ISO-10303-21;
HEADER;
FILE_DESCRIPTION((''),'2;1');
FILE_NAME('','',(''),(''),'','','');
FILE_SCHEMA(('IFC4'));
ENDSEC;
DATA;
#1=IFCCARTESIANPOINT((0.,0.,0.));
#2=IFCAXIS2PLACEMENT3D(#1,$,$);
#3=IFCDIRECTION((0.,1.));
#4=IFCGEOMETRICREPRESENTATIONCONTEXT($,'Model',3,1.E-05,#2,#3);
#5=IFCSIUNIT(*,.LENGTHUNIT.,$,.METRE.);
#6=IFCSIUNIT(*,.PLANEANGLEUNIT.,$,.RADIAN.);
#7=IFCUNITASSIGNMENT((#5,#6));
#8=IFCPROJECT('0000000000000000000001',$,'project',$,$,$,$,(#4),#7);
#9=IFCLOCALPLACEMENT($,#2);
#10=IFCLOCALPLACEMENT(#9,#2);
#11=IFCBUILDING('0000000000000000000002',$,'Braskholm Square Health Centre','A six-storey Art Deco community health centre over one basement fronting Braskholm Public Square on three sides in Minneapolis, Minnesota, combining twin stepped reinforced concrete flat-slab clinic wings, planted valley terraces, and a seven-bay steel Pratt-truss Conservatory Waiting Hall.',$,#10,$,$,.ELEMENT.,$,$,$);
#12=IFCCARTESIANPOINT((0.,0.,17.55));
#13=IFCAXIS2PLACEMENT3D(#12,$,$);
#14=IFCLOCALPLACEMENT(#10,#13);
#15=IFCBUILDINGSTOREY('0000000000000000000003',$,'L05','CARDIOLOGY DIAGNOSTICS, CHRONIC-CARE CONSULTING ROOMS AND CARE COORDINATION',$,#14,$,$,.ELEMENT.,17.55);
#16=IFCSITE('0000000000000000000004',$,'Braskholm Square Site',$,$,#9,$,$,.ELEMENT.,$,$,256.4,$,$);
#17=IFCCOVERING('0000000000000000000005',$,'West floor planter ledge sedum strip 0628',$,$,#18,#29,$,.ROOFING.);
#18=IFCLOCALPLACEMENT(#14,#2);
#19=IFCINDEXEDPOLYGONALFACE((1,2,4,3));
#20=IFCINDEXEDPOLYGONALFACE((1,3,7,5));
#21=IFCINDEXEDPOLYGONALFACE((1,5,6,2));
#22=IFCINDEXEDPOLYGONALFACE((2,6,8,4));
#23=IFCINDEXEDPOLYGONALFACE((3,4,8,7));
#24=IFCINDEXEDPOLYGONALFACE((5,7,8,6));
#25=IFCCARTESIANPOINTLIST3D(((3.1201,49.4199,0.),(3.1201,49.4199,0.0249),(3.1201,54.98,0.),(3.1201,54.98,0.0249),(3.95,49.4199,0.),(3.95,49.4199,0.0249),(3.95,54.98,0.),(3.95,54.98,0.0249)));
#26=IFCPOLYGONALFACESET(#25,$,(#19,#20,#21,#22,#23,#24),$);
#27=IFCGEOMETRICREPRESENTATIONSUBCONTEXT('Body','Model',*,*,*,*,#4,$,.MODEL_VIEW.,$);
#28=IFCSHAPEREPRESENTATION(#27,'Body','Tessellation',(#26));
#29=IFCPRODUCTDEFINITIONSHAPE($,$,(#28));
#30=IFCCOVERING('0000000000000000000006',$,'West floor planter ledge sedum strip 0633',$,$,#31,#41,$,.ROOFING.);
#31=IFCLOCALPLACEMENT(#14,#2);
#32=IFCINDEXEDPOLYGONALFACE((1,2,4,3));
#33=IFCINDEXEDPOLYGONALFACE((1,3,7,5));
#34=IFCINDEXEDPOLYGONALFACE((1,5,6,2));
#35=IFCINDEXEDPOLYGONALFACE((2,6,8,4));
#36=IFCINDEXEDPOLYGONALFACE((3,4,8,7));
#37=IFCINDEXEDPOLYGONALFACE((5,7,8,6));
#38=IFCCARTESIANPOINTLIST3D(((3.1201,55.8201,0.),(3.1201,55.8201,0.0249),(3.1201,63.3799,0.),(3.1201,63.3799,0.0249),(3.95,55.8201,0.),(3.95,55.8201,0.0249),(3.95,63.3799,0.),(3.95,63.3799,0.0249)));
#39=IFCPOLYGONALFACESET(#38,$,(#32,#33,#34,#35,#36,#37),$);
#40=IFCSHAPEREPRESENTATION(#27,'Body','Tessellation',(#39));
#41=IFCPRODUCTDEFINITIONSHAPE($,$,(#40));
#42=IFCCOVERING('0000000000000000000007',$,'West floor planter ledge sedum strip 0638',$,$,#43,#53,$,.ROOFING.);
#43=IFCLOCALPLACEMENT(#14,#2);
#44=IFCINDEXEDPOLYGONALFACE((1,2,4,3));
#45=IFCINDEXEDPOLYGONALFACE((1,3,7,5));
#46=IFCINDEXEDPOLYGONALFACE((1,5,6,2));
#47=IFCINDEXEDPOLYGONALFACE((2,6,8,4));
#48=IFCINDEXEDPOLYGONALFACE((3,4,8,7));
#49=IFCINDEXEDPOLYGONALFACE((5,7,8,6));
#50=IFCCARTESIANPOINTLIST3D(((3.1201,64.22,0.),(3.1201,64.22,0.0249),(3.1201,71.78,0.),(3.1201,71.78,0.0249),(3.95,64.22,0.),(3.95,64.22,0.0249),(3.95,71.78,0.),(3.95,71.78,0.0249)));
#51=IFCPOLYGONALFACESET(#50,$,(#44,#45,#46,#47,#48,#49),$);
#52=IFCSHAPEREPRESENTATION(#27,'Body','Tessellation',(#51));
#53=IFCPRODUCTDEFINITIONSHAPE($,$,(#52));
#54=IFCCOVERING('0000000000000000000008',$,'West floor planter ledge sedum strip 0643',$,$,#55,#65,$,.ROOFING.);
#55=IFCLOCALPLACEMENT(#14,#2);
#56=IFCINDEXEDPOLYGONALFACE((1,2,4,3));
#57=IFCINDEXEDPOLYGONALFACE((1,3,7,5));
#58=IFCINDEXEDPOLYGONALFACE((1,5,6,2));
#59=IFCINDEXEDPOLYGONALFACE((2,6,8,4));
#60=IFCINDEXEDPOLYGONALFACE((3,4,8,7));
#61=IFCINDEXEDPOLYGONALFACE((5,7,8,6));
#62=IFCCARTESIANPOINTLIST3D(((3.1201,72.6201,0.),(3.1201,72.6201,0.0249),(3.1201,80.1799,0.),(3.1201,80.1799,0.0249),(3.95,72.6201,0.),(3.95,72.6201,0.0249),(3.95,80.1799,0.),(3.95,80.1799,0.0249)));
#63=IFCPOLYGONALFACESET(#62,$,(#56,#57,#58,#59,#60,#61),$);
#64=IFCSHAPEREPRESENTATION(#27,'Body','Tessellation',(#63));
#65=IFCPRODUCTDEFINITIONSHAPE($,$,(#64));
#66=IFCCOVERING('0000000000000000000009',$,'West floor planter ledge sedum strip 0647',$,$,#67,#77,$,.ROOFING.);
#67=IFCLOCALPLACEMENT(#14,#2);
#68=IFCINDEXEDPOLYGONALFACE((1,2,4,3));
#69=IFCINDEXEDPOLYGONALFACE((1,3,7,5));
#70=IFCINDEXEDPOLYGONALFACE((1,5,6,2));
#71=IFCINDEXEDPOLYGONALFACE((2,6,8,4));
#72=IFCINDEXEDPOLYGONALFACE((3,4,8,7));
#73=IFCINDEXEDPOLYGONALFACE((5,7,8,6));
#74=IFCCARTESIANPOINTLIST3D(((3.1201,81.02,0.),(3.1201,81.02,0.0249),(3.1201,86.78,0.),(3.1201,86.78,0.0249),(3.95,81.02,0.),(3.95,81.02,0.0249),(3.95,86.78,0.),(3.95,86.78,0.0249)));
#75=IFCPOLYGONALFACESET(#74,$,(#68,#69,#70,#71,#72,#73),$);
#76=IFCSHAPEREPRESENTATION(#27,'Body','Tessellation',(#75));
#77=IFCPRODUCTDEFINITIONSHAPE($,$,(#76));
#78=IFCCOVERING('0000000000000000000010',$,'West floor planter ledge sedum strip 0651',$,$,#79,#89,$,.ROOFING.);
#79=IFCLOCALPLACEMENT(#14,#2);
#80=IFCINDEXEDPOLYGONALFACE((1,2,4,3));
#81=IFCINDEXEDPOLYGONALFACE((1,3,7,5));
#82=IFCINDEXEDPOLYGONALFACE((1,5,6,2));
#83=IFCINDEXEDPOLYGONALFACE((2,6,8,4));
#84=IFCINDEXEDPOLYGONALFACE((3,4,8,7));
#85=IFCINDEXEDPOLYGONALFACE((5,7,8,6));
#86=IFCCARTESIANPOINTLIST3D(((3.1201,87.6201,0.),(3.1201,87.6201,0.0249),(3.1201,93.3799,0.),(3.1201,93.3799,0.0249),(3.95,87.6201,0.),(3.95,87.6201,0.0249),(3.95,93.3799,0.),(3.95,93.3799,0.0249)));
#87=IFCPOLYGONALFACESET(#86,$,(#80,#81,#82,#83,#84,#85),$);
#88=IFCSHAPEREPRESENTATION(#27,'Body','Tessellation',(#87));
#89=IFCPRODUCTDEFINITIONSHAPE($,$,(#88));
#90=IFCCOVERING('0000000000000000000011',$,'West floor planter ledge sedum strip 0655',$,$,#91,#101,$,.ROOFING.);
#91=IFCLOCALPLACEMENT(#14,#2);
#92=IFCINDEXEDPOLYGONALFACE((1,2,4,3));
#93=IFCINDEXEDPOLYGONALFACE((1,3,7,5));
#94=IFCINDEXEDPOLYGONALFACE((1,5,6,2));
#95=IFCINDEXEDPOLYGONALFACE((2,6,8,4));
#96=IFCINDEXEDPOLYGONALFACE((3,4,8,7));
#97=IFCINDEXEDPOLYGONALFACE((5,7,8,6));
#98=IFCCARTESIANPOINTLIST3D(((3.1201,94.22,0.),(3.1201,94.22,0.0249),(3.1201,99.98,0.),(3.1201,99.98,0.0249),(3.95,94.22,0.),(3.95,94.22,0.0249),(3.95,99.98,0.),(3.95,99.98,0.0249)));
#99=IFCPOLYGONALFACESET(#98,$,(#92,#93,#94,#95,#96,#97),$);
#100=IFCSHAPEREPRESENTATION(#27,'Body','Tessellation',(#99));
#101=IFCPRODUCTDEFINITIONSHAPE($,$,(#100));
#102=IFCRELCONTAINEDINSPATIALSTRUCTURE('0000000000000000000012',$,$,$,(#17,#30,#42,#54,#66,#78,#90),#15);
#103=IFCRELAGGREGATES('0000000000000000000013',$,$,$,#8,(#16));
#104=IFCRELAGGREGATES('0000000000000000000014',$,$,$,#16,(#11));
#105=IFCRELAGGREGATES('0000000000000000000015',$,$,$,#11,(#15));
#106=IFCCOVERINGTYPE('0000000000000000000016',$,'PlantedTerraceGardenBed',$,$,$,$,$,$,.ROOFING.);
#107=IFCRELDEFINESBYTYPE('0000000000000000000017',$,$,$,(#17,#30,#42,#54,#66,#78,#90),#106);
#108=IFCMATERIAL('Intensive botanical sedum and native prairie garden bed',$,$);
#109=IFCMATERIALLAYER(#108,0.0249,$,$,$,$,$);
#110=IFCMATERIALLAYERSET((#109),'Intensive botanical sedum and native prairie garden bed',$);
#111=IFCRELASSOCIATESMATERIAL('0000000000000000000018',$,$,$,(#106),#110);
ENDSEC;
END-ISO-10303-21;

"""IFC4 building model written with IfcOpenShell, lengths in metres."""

from ifc_helpers import new_model, si_unit, direction, frame, origin, place, context, subcontext, project, spatial, polyline, outline, extrude, material, layer, layer_set, type_object, element, save


model = new_model("IFC4")

# Units and contexts
model_context = context("Model", 3, precision=1e-05, world=origin(), true_north=direction((0.0, 1.0)))
body_context = subcontext(model_context, "Body", "Model", "MODEL_VIEW")
ifc_project = project(units=[si_unit("LENGTHUNIT", "METRE"), si_unit("PLANEANGLEUNIT", "RADIAN")], contexts=[model_context])

# Site, building, storey
site_placement = place(None, origin())
site = spatial("IfcSite", under=ifc_project, at=site_placement, Name="Braskholm Square Site", CompositionType="ELEMENT", RefElevation=256.4)
building_placement = place(site_placement, origin())
building = spatial("IfcBuilding", under=site, at=building_placement, Name="Braskholm Square Health Centre", Description="A six-storey Art Deco community health centre over one basement fronting Braskholm Public Square on three sides in Minneapolis, Minnesota, combining twin stepped reinforced concrete flat-slab clinic wings, planted valley terraces, and a seven-bay steel Pratt-truss Conservatory Waiting Hall.", CompositionType="ELEMENT")
storey_placement = place(building_placement, frame((0.0, 0.0, 17.55)))
storey = spatial("IfcBuildingStorey", under=building, at=storey_placement, Name="L05", Description="CARDIOLOGY DIAGNOSTICS, CHRONIC-CARE CONSULTING ROOMS AND CARE COORDINATION", CompositionType="ELEMENT", Elevation=17.55)

# Coverings
ifc_material_1 = material(Name="Intensive botanical sedum and native prairie garden bed")
ifc_layer_1 = layer(ifc_material_1, 0.0249)
ifc_layer_set_1 = layer_set([ifc_layer_1], Name="Intensive botanical sedum and native prairie garden bed")
covering_type = type_object("IfcCoveringType", Name="PlantedTerraceGardenBed", PredefinedType="ROOFING", material=ifc_layer_set_1)
covering_1_placement = place(storey_placement, origin())
element("IfcCovering", 1, at=covering_1_placement, inside=storey, type_object=covering_type, Name="West floor planter ledge sedum strip 0628", PredefinedType="ROOFING", context=body_context, shape_type="SweptSolid", body=[
    extrude(outline(polyline([(3.1201, 49.4199), (3.95, 49.4199), (3.95, 54.98), (3.1201, 54.98), (3.1201, 49.4199)])), origin(), (0.0, 0.0, 1.0), 0.0249),
])
covering_2_placement = place(storey_placement, origin())
element("IfcCovering", 2, at=covering_2_placement, inside=storey, type_object=covering_type, Name="West floor planter ledge sedum strip 0633", PredefinedType="ROOFING", context=body_context, shape_type="SweptSolid", body=[
    extrude(outline(polyline([(3.1201, 55.8201), (3.95, 55.8201), (3.95, 63.3799), (3.1201, 63.3799), (3.1201, 55.8201)])), origin(), (0.0, 0.0, 1.0), 0.0249),
])
covering_3_placement = place(storey_placement, origin())
element("IfcCovering", 3, at=covering_3_placement, inside=storey, type_object=covering_type, Name="West floor planter ledge sedum strip 0638", PredefinedType="ROOFING", context=body_context, shape_type="SweptSolid", body=[
    extrude(outline(polyline([(3.1201, 64.22), (3.95, 64.22), (3.95, 71.78), (3.1201, 71.78), (3.1201, 64.22)])), origin(), (0.0, 0.0, 1.0), 0.0249),
])
covering_4_placement = place(storey_placement, origin())
element("IfcCovering", 4, at=covering_4_placement, inside=storey, type_object=covering_type, Name="West floor planter ledge sedum strip 0643", PredefinedType="ROOFING", context=body_context, shape_type="SweptSolid", body=[
    extrude(outline(polyline([(3.1201, 72.6201), (3.95, 72.6201), (3.95, 80.1799), (3.1201, 80.1799), (3.1201, 72.6201)])), origin(), (0.0, 0.0, 1.0), 0.0249),
])
covering_5_placement = place(storey_placement, origin())
element("IfcCovering", 5, at=covering_5_placement, inside=storey, type_object=covering_type, Name="West floor planter ledge sedum strip 0647", PredefinedType="ROOFING", context=body_context, shape_type="SweptSolid", body=[
    extrude(outline(polyline([(3.1201, 81.02), (3.95, 81.02), (3.95, 86.78), (3.1201, 86.78), (3.1201, 81.02)])), origin(), (0.0, 0.0, 1.0), 0.0249),
])
covering_6_placement = place(storey_placement, origin())
element("IfcCovering", 6, at=covering_6_placement, inside=storey, type_object=covering_type, Name="West floor planter ledge sedum strip 0651", PredefinedType="ROOFING", context=body_context, shape_type="SweptSolid", body=[
    extrude(outline(polyline([(3.1201, 87.6201), (3.95, 87.6201), (3.95, 93.3799), (3.1201, 93.3799), (3.1201, 87.6201)])), origin(), (0.0, 0.0, 1.0), 0.0249),
])
covering_7_placement = place(storey_placement, origin())
element("IfcCovering", 7, at=covering_7_placement, inside=storey, type_object=covering_type, Name="West floor planter ledge sedum strip 0655", PredefinedType="ROOFING", context=body_context, shape_type="SweptSolid", body=[
    extrude(outline(polyline([(3.1201, 94.22), (3.95, 94.22), (3.95, 99.98), (3.1201, 99.98), (3.1201, 94.22)])), origin(), (0.0, 0.0, 1.0), 0.0249),
])

save(model, "model.ifc")
